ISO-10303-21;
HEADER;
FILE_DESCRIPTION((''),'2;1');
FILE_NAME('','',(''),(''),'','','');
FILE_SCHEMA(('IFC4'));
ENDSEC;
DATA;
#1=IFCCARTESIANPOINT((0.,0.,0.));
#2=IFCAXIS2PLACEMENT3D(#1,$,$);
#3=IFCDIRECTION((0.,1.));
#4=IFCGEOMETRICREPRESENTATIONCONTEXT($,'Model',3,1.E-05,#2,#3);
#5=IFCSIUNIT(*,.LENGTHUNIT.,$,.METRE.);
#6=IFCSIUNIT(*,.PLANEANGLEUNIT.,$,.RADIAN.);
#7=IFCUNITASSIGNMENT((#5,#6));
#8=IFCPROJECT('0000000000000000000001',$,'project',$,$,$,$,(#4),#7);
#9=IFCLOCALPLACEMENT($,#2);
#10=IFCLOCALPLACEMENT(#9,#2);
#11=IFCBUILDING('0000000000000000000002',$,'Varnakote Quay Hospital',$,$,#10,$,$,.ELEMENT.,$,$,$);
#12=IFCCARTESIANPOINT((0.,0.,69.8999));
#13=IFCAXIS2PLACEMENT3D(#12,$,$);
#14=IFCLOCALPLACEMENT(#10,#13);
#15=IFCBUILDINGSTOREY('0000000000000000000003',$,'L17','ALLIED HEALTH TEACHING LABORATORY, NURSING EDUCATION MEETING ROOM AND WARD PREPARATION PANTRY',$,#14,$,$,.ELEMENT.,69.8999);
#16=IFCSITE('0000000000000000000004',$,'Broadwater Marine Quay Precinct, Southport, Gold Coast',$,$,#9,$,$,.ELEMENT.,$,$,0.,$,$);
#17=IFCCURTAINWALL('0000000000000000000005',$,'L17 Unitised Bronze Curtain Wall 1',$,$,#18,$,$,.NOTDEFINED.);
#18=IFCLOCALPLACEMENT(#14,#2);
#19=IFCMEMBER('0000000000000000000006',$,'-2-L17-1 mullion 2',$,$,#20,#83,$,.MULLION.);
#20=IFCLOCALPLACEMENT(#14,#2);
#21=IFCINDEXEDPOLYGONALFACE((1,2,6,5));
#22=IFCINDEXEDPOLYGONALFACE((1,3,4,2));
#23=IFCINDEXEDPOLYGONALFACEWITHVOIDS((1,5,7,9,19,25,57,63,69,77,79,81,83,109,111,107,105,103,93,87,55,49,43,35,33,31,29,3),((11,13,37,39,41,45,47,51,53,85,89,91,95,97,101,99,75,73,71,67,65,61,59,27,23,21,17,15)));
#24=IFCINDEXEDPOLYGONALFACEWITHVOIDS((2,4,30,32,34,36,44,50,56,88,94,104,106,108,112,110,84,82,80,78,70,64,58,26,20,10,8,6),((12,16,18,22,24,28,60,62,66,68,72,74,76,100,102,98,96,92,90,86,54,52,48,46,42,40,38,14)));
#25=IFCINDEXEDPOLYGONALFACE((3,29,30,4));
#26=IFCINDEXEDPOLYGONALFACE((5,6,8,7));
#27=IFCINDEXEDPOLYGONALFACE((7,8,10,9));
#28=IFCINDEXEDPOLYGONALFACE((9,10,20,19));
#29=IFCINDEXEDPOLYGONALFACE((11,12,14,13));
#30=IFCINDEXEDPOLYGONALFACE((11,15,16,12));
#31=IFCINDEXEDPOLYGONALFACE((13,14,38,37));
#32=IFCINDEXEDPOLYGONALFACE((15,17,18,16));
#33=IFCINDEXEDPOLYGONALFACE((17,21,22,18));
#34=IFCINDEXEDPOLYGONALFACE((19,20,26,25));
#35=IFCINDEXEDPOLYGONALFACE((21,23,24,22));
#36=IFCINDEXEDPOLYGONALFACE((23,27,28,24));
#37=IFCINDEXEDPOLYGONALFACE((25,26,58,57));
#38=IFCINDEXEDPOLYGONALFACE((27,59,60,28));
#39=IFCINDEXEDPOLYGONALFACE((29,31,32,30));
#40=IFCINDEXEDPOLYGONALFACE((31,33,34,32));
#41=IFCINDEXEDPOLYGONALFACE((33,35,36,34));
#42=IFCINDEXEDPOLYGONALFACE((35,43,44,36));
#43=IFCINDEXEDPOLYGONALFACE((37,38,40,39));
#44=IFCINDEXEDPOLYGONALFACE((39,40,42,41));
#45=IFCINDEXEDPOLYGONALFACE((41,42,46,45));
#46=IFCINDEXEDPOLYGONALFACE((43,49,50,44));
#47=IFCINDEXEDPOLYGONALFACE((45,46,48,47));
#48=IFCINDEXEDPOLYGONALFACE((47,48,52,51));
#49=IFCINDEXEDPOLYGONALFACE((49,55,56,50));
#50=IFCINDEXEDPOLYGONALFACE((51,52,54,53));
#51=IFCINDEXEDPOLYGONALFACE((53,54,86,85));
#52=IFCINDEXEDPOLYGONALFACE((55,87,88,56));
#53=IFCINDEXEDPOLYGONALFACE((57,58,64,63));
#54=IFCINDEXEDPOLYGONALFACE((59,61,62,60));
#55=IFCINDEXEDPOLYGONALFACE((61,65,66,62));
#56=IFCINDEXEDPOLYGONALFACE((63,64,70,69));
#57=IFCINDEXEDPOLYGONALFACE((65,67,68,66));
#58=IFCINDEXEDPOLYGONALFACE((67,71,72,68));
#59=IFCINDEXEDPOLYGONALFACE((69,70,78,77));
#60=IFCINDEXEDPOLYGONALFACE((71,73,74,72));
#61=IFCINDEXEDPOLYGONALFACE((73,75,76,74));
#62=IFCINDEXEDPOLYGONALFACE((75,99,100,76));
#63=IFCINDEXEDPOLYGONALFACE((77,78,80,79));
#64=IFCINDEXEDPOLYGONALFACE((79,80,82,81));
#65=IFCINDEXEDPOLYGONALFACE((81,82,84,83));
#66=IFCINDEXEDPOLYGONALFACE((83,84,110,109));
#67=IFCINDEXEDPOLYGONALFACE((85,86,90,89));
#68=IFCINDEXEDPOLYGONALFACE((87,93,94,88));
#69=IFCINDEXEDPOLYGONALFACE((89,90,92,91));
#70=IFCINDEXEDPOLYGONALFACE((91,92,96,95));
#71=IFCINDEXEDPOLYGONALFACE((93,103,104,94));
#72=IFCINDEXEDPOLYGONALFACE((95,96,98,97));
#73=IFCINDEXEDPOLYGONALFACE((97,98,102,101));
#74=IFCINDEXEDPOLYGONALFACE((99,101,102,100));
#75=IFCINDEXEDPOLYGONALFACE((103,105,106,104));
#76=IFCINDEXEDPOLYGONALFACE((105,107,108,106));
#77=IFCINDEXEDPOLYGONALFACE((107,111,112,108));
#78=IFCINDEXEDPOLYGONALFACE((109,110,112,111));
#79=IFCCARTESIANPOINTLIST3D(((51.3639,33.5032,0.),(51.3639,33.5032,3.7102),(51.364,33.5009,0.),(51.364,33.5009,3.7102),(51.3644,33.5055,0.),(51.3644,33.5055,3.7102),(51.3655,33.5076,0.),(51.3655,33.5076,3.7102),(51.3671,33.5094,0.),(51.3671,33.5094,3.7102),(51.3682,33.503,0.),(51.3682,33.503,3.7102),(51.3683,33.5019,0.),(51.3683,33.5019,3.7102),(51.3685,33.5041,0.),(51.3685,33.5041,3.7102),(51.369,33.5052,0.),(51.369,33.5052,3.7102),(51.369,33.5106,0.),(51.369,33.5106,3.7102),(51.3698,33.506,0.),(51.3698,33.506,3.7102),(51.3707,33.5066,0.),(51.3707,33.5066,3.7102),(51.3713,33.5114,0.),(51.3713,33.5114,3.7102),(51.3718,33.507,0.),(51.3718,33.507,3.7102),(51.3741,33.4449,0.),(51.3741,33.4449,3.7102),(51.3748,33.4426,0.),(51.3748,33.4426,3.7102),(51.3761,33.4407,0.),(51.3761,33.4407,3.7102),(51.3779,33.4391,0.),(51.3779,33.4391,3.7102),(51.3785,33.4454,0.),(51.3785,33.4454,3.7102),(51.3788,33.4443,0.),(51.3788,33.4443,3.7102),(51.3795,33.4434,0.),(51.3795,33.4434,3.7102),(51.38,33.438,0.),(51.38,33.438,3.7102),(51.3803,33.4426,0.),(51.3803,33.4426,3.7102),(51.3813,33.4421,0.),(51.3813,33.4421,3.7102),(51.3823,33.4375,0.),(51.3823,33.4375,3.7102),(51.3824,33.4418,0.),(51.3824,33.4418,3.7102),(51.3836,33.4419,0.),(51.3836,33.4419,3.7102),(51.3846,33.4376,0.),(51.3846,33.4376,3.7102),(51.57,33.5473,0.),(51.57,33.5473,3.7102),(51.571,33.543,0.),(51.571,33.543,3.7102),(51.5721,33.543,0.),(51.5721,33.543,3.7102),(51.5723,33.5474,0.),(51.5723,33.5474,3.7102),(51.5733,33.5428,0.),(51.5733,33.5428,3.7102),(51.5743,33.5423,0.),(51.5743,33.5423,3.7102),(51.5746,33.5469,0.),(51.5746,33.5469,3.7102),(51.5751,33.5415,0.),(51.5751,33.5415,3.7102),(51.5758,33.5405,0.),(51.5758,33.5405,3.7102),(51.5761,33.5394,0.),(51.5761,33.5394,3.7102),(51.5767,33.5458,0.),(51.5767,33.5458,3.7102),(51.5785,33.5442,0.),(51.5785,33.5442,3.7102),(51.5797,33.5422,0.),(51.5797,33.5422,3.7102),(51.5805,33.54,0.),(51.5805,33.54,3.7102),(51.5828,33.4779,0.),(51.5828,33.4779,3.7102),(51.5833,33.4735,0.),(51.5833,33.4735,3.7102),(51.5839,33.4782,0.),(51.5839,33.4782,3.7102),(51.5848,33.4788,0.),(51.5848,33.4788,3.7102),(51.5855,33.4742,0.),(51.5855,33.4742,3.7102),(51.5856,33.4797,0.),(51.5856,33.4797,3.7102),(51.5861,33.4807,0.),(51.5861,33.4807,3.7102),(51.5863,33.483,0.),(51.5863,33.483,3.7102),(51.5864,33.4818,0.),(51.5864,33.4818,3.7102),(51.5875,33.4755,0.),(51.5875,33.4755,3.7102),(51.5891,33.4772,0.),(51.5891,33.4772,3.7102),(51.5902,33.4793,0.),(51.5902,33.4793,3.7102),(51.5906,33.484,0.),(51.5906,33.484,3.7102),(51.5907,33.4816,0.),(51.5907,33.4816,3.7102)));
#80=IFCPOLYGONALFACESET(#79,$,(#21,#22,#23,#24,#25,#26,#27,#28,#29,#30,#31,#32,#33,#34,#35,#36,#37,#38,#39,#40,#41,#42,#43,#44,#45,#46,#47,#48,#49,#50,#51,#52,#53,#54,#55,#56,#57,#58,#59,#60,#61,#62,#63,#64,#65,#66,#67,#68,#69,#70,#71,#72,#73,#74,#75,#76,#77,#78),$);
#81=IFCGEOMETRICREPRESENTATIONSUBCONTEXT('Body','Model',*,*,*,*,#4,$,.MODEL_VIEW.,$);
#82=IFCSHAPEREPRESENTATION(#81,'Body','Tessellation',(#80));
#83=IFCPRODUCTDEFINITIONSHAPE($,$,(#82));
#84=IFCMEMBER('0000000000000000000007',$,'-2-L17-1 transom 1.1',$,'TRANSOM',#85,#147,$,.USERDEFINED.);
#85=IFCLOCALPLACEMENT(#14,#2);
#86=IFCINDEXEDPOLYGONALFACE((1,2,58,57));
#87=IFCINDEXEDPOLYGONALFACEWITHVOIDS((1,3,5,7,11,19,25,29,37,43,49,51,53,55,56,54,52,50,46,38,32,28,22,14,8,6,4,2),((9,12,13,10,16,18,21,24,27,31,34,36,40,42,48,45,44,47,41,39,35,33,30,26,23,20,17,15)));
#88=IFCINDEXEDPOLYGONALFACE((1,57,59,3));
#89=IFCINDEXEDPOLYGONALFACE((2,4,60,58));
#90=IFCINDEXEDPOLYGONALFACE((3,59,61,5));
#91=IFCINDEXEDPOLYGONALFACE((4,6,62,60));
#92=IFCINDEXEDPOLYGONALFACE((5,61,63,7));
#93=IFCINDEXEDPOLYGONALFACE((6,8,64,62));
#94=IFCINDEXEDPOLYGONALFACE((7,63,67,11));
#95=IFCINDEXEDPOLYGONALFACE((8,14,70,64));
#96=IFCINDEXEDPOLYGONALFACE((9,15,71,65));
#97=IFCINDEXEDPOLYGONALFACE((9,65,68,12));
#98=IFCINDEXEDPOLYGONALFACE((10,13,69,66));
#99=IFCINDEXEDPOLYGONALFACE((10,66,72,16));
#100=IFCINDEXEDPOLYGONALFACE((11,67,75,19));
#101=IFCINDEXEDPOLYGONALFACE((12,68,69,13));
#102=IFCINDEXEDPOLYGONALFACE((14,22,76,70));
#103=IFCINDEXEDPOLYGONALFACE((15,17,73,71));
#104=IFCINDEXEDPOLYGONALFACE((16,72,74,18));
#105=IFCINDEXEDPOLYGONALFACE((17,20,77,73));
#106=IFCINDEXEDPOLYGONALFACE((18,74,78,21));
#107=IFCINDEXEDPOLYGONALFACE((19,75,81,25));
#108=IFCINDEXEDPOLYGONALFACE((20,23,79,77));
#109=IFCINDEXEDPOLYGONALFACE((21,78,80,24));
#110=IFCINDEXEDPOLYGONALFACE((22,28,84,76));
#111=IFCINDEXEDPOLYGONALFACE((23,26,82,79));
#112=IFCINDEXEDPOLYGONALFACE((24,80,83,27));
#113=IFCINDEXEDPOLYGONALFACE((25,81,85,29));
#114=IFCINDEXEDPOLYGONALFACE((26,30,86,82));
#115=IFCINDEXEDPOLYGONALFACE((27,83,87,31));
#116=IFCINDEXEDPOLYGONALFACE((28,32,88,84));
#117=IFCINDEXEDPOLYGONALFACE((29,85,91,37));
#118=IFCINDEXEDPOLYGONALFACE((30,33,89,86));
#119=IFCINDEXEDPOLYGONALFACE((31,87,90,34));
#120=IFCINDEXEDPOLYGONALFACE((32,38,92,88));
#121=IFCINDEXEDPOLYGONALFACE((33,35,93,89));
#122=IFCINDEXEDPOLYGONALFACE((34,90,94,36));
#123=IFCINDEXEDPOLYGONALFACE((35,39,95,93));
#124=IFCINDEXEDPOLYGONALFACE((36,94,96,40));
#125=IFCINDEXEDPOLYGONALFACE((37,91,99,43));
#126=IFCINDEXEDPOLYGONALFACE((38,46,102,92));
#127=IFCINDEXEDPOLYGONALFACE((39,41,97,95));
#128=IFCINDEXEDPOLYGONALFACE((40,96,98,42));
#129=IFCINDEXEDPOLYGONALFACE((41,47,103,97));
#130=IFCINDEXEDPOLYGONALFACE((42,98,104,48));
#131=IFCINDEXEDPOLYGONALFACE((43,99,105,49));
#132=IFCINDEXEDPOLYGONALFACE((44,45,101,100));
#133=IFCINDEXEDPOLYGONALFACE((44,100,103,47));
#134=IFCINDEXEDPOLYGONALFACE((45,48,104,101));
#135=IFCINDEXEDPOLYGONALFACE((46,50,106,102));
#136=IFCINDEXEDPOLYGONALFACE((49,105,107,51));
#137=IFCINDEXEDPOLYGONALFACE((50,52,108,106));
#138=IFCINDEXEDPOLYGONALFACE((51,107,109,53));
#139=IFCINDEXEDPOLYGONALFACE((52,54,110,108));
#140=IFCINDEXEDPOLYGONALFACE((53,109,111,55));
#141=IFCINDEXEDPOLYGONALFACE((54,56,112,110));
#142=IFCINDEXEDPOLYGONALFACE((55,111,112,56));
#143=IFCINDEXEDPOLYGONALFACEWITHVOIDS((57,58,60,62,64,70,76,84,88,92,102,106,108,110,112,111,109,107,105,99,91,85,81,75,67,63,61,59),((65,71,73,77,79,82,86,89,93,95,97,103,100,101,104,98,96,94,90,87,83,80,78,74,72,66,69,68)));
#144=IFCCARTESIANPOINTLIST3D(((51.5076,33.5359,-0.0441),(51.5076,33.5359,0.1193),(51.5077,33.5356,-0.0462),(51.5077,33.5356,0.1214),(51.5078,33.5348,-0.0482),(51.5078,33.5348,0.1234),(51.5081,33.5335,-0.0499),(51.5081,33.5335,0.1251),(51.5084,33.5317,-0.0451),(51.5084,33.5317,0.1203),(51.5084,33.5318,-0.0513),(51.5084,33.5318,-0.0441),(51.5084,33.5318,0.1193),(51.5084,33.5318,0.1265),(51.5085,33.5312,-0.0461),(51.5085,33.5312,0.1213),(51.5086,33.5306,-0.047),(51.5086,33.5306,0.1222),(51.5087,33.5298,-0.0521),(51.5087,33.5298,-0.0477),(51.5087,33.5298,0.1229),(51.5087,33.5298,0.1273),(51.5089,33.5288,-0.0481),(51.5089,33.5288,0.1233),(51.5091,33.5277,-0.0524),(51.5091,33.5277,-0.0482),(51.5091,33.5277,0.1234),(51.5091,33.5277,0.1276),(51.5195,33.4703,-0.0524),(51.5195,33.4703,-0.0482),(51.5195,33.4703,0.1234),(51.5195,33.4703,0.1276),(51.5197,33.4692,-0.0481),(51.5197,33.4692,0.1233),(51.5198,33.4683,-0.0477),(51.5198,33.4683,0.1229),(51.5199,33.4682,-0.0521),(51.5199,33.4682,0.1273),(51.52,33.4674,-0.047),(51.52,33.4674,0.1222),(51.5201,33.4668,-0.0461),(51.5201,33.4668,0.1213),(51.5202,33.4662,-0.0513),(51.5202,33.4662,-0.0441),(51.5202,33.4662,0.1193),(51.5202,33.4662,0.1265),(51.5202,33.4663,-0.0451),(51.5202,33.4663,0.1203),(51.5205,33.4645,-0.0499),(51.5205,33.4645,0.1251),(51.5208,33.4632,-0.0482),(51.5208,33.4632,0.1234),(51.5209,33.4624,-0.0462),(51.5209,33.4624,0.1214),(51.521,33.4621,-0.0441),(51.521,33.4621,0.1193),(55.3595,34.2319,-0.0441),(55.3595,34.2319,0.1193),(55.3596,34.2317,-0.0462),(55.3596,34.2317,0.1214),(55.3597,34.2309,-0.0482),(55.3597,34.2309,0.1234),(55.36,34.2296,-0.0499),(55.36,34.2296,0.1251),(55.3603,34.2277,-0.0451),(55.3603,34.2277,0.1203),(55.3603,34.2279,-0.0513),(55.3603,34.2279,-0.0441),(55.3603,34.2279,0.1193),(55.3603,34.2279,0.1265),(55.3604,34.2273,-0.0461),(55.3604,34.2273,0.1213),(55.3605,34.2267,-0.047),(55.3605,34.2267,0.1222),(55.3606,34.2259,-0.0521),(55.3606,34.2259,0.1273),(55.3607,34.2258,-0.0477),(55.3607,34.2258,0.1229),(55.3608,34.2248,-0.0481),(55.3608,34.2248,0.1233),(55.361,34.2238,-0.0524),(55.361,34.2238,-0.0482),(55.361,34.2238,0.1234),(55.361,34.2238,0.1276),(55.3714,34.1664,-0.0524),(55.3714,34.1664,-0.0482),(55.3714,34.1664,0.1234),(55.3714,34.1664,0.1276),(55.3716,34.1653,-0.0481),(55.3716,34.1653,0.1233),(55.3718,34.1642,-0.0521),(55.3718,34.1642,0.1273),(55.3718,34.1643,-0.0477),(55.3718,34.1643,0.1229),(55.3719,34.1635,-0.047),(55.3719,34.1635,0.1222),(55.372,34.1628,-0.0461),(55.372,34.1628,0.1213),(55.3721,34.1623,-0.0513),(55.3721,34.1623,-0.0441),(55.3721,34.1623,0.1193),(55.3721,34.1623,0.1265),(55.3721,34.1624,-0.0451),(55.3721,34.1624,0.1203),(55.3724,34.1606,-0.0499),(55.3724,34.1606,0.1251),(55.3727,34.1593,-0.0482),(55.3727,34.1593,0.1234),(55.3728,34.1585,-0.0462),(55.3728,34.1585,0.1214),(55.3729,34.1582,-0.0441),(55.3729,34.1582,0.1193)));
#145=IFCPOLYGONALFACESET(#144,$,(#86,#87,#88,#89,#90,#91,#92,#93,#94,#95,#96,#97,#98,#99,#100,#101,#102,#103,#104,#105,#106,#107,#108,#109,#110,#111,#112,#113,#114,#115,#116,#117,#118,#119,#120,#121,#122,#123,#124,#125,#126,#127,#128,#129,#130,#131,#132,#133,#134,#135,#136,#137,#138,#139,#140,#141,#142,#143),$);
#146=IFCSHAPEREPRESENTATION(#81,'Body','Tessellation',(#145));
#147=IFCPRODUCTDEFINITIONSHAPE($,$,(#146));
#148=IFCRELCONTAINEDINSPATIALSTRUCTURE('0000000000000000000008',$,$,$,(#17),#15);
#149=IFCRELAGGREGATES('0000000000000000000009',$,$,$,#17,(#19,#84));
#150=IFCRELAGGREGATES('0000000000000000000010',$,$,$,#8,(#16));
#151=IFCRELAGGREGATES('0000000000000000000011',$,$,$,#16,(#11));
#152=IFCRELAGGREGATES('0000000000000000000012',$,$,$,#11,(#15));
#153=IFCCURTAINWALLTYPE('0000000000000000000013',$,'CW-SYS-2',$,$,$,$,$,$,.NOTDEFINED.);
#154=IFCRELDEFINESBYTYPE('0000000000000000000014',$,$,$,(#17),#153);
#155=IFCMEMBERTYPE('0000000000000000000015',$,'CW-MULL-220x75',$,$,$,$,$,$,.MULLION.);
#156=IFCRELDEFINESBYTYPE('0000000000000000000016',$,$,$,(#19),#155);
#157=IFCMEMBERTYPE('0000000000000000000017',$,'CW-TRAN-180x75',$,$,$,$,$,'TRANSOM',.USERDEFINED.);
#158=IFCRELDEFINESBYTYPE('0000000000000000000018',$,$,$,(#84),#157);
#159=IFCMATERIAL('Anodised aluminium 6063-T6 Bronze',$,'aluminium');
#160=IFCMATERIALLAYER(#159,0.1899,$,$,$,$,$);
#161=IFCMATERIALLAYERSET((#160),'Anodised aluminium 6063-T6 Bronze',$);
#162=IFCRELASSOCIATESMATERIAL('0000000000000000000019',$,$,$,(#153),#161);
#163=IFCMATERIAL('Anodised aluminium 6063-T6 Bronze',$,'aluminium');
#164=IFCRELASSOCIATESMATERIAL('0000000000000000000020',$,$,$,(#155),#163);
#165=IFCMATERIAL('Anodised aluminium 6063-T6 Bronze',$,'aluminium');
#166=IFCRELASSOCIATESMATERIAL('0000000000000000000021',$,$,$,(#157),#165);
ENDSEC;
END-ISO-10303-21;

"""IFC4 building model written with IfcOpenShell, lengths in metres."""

from ifc_helpers import new_model, si_unit, direction, frame, origin, origin_2d, place, context, subcontext, project, spatial, hollow_rectangle, extrude, material, layer, layer_set, material_profile, profile_set, type_object, element, aggregate, save


model = new_model("IFC4")

# Units and contexts
model_context = context("Model", 3, precision=1e-05, world=origin(), true_north=direction((0.0, 1.0)))
body_context = subcontext(model_context, "Body", "Model", "MODEL_VIEW")
ifc_project = project(units=[si_unit("LENGTHUNIT", "METRE"), si_unit("PLANEANGLEUNIT", "RADIAN")], contexts=[model_context])

# Site, building, storey
site_placement = place(None, origin())
site = spatial("IfcSite", under=ifc_project, at=site_placement, Name="Broadwater Marine Quay Precinct, Southport, Gold Coast", CompositionType="ELEMENT", RefElevation=0.0)
building_placement = place(site_placement, origin())
building = spatial("IfcBuilding", under=site, at=building_placement, Name="Varnakote Quay Hospital", CompositionType="ELEMENT")
storey_placement = place(building_placement, frame((0.0, 0.0, 69.8999)))
storey = spatial("IfcBuildingStorey", under=building, at=storey_placement, Name="L17", Description="ALLIED HEALTH TEACHING LABORATORY, NURSING EDUCATION MEETING ROOM AND WARD PREPARATION PANTRY", CompositionType="ELEMENT", Elevation=69.8999)

# Curtain wall, members
ifc_material_1 = material(Name="Anodised aluminium 6063-T6 Bronze", Category="aluminium")
ifc_layer_1 = layer(ifc_material_1, 0.1899)
ifc_layer_set_1 = layer_set([ifc_layer_1], Name="Anodised aluminium 6063-T6 Bronze")
curtain_wall_type = type_object("IfcCurtainWallType", Name="CW-SYS-2", PredefinedType="NOTDEFINED", material=ifc_layer_set_1)
curtain_wall_placement = place(storey_placement, origin())
curtain_wall = element("IfcCurtainWall", 1, at=curtain_wall_placement, inside=storey, type_object=curtain_wall_type, Name="L17 Unitised Bronze Curtain Wall 1", PredefinedType="NOTDEFINED")
ifc_material_2 = material(Name="Anodised aluminium 6063-T6 Bronze", Category="aluminium")
ifc_material_profile_1 = material_profile(ifc_material_2, hollow_rectangle(XDim=0.075, YDim=0.22, WallThickness=0.0044, InnerFilletRadius=0.0044, OuterFilletRadius=0.009, at=origin_2d()), Name="CW-MULL-220x75")
ifc_profile_set_1 = profile_set([ifc_material_profile_1], Name="Anodised aluminium 6063-T6 Bronze")
member_type_1 = type_object("IfcMemberType", Name="CW-MULL-220x75", PredefinedType="MULLION", material=ifc_profile_set_1)
member_1_placement = place(storey_placement, frame((51.4773, 33.4924, 0.0), z_axis=(0.0, 0.0, 1.0), x_axis=(0.177846, -0.984058, 0.0)))
member_1 = element("IfcMember", 2, at=member_1_placement, type_object=member_type_1, Name="-2-L17-1 mullion 2", PredefinedType="MULLION", context=body_context, shape_type="SweptSolid", body=[
    extrude(hollow_rectangle(XDim=0.075, YDim=0.22, WallThickness=0.0044, InnerFilletRadius=0.0044, OuterFilletRadius=0.009, at=origin_2d()), origin(), (0.0, 0.0, 1.0), 3.7102),
])
ifc_material_3 = material(Name="Anodised aluminium 6063-T6 Bronze", Category="aluminium")
ifc_material_profile_2 = material_profile(ifc_material_3, hollow_rectangle(XDim=0.075, YDim=0.1799, WallThickness=0.0042, InnerFilletRadius=0.0042, OuterFilletRadius=0.0083, at=origin_2d()), Name="CW-TRAN-180x75")
ifc_profile_set_2 = profile_set([ifc_material_profile_2], Name="Anodised aluminium 6063-T6 Bronze")
member_type_2 = type_object("IfcMemberType", Name="CW-TRAN-180x75", ElementType="TRANSOM", PredefinedType="USERDEFINED", material=ifc_profile_set_2)
member_2_placement = place(storey_placement, frame((55.3662, 34.1951, 0.0376), z_axis=(-0.984062, -0.177826, 0.0), x_axis=(0.177826, -0.984062, 0.0)))
member_2 = element("IfcMember", 3, at=member_2_placement, type_object=member_type_2, Name="-2-L17-1 transom 1.1", ObjectType="TRANSOM", PredefinedType="USERDEFINED", context=body_context, shape_type="SweptSolid", body=[
    extrude(hollow_rectangle(XDim=0.075, YDim=0.1799, WallThickness=0.0042, InnerFilletRadius=0.0042, OuterFilletRadius=0.0083, at=origin_2d()), origin(), (0.0, 0.0, 1.0), 3.9143),
])
aggregate(curtain_wall, [member_1, member_2])

save(model, "model.ifc")
